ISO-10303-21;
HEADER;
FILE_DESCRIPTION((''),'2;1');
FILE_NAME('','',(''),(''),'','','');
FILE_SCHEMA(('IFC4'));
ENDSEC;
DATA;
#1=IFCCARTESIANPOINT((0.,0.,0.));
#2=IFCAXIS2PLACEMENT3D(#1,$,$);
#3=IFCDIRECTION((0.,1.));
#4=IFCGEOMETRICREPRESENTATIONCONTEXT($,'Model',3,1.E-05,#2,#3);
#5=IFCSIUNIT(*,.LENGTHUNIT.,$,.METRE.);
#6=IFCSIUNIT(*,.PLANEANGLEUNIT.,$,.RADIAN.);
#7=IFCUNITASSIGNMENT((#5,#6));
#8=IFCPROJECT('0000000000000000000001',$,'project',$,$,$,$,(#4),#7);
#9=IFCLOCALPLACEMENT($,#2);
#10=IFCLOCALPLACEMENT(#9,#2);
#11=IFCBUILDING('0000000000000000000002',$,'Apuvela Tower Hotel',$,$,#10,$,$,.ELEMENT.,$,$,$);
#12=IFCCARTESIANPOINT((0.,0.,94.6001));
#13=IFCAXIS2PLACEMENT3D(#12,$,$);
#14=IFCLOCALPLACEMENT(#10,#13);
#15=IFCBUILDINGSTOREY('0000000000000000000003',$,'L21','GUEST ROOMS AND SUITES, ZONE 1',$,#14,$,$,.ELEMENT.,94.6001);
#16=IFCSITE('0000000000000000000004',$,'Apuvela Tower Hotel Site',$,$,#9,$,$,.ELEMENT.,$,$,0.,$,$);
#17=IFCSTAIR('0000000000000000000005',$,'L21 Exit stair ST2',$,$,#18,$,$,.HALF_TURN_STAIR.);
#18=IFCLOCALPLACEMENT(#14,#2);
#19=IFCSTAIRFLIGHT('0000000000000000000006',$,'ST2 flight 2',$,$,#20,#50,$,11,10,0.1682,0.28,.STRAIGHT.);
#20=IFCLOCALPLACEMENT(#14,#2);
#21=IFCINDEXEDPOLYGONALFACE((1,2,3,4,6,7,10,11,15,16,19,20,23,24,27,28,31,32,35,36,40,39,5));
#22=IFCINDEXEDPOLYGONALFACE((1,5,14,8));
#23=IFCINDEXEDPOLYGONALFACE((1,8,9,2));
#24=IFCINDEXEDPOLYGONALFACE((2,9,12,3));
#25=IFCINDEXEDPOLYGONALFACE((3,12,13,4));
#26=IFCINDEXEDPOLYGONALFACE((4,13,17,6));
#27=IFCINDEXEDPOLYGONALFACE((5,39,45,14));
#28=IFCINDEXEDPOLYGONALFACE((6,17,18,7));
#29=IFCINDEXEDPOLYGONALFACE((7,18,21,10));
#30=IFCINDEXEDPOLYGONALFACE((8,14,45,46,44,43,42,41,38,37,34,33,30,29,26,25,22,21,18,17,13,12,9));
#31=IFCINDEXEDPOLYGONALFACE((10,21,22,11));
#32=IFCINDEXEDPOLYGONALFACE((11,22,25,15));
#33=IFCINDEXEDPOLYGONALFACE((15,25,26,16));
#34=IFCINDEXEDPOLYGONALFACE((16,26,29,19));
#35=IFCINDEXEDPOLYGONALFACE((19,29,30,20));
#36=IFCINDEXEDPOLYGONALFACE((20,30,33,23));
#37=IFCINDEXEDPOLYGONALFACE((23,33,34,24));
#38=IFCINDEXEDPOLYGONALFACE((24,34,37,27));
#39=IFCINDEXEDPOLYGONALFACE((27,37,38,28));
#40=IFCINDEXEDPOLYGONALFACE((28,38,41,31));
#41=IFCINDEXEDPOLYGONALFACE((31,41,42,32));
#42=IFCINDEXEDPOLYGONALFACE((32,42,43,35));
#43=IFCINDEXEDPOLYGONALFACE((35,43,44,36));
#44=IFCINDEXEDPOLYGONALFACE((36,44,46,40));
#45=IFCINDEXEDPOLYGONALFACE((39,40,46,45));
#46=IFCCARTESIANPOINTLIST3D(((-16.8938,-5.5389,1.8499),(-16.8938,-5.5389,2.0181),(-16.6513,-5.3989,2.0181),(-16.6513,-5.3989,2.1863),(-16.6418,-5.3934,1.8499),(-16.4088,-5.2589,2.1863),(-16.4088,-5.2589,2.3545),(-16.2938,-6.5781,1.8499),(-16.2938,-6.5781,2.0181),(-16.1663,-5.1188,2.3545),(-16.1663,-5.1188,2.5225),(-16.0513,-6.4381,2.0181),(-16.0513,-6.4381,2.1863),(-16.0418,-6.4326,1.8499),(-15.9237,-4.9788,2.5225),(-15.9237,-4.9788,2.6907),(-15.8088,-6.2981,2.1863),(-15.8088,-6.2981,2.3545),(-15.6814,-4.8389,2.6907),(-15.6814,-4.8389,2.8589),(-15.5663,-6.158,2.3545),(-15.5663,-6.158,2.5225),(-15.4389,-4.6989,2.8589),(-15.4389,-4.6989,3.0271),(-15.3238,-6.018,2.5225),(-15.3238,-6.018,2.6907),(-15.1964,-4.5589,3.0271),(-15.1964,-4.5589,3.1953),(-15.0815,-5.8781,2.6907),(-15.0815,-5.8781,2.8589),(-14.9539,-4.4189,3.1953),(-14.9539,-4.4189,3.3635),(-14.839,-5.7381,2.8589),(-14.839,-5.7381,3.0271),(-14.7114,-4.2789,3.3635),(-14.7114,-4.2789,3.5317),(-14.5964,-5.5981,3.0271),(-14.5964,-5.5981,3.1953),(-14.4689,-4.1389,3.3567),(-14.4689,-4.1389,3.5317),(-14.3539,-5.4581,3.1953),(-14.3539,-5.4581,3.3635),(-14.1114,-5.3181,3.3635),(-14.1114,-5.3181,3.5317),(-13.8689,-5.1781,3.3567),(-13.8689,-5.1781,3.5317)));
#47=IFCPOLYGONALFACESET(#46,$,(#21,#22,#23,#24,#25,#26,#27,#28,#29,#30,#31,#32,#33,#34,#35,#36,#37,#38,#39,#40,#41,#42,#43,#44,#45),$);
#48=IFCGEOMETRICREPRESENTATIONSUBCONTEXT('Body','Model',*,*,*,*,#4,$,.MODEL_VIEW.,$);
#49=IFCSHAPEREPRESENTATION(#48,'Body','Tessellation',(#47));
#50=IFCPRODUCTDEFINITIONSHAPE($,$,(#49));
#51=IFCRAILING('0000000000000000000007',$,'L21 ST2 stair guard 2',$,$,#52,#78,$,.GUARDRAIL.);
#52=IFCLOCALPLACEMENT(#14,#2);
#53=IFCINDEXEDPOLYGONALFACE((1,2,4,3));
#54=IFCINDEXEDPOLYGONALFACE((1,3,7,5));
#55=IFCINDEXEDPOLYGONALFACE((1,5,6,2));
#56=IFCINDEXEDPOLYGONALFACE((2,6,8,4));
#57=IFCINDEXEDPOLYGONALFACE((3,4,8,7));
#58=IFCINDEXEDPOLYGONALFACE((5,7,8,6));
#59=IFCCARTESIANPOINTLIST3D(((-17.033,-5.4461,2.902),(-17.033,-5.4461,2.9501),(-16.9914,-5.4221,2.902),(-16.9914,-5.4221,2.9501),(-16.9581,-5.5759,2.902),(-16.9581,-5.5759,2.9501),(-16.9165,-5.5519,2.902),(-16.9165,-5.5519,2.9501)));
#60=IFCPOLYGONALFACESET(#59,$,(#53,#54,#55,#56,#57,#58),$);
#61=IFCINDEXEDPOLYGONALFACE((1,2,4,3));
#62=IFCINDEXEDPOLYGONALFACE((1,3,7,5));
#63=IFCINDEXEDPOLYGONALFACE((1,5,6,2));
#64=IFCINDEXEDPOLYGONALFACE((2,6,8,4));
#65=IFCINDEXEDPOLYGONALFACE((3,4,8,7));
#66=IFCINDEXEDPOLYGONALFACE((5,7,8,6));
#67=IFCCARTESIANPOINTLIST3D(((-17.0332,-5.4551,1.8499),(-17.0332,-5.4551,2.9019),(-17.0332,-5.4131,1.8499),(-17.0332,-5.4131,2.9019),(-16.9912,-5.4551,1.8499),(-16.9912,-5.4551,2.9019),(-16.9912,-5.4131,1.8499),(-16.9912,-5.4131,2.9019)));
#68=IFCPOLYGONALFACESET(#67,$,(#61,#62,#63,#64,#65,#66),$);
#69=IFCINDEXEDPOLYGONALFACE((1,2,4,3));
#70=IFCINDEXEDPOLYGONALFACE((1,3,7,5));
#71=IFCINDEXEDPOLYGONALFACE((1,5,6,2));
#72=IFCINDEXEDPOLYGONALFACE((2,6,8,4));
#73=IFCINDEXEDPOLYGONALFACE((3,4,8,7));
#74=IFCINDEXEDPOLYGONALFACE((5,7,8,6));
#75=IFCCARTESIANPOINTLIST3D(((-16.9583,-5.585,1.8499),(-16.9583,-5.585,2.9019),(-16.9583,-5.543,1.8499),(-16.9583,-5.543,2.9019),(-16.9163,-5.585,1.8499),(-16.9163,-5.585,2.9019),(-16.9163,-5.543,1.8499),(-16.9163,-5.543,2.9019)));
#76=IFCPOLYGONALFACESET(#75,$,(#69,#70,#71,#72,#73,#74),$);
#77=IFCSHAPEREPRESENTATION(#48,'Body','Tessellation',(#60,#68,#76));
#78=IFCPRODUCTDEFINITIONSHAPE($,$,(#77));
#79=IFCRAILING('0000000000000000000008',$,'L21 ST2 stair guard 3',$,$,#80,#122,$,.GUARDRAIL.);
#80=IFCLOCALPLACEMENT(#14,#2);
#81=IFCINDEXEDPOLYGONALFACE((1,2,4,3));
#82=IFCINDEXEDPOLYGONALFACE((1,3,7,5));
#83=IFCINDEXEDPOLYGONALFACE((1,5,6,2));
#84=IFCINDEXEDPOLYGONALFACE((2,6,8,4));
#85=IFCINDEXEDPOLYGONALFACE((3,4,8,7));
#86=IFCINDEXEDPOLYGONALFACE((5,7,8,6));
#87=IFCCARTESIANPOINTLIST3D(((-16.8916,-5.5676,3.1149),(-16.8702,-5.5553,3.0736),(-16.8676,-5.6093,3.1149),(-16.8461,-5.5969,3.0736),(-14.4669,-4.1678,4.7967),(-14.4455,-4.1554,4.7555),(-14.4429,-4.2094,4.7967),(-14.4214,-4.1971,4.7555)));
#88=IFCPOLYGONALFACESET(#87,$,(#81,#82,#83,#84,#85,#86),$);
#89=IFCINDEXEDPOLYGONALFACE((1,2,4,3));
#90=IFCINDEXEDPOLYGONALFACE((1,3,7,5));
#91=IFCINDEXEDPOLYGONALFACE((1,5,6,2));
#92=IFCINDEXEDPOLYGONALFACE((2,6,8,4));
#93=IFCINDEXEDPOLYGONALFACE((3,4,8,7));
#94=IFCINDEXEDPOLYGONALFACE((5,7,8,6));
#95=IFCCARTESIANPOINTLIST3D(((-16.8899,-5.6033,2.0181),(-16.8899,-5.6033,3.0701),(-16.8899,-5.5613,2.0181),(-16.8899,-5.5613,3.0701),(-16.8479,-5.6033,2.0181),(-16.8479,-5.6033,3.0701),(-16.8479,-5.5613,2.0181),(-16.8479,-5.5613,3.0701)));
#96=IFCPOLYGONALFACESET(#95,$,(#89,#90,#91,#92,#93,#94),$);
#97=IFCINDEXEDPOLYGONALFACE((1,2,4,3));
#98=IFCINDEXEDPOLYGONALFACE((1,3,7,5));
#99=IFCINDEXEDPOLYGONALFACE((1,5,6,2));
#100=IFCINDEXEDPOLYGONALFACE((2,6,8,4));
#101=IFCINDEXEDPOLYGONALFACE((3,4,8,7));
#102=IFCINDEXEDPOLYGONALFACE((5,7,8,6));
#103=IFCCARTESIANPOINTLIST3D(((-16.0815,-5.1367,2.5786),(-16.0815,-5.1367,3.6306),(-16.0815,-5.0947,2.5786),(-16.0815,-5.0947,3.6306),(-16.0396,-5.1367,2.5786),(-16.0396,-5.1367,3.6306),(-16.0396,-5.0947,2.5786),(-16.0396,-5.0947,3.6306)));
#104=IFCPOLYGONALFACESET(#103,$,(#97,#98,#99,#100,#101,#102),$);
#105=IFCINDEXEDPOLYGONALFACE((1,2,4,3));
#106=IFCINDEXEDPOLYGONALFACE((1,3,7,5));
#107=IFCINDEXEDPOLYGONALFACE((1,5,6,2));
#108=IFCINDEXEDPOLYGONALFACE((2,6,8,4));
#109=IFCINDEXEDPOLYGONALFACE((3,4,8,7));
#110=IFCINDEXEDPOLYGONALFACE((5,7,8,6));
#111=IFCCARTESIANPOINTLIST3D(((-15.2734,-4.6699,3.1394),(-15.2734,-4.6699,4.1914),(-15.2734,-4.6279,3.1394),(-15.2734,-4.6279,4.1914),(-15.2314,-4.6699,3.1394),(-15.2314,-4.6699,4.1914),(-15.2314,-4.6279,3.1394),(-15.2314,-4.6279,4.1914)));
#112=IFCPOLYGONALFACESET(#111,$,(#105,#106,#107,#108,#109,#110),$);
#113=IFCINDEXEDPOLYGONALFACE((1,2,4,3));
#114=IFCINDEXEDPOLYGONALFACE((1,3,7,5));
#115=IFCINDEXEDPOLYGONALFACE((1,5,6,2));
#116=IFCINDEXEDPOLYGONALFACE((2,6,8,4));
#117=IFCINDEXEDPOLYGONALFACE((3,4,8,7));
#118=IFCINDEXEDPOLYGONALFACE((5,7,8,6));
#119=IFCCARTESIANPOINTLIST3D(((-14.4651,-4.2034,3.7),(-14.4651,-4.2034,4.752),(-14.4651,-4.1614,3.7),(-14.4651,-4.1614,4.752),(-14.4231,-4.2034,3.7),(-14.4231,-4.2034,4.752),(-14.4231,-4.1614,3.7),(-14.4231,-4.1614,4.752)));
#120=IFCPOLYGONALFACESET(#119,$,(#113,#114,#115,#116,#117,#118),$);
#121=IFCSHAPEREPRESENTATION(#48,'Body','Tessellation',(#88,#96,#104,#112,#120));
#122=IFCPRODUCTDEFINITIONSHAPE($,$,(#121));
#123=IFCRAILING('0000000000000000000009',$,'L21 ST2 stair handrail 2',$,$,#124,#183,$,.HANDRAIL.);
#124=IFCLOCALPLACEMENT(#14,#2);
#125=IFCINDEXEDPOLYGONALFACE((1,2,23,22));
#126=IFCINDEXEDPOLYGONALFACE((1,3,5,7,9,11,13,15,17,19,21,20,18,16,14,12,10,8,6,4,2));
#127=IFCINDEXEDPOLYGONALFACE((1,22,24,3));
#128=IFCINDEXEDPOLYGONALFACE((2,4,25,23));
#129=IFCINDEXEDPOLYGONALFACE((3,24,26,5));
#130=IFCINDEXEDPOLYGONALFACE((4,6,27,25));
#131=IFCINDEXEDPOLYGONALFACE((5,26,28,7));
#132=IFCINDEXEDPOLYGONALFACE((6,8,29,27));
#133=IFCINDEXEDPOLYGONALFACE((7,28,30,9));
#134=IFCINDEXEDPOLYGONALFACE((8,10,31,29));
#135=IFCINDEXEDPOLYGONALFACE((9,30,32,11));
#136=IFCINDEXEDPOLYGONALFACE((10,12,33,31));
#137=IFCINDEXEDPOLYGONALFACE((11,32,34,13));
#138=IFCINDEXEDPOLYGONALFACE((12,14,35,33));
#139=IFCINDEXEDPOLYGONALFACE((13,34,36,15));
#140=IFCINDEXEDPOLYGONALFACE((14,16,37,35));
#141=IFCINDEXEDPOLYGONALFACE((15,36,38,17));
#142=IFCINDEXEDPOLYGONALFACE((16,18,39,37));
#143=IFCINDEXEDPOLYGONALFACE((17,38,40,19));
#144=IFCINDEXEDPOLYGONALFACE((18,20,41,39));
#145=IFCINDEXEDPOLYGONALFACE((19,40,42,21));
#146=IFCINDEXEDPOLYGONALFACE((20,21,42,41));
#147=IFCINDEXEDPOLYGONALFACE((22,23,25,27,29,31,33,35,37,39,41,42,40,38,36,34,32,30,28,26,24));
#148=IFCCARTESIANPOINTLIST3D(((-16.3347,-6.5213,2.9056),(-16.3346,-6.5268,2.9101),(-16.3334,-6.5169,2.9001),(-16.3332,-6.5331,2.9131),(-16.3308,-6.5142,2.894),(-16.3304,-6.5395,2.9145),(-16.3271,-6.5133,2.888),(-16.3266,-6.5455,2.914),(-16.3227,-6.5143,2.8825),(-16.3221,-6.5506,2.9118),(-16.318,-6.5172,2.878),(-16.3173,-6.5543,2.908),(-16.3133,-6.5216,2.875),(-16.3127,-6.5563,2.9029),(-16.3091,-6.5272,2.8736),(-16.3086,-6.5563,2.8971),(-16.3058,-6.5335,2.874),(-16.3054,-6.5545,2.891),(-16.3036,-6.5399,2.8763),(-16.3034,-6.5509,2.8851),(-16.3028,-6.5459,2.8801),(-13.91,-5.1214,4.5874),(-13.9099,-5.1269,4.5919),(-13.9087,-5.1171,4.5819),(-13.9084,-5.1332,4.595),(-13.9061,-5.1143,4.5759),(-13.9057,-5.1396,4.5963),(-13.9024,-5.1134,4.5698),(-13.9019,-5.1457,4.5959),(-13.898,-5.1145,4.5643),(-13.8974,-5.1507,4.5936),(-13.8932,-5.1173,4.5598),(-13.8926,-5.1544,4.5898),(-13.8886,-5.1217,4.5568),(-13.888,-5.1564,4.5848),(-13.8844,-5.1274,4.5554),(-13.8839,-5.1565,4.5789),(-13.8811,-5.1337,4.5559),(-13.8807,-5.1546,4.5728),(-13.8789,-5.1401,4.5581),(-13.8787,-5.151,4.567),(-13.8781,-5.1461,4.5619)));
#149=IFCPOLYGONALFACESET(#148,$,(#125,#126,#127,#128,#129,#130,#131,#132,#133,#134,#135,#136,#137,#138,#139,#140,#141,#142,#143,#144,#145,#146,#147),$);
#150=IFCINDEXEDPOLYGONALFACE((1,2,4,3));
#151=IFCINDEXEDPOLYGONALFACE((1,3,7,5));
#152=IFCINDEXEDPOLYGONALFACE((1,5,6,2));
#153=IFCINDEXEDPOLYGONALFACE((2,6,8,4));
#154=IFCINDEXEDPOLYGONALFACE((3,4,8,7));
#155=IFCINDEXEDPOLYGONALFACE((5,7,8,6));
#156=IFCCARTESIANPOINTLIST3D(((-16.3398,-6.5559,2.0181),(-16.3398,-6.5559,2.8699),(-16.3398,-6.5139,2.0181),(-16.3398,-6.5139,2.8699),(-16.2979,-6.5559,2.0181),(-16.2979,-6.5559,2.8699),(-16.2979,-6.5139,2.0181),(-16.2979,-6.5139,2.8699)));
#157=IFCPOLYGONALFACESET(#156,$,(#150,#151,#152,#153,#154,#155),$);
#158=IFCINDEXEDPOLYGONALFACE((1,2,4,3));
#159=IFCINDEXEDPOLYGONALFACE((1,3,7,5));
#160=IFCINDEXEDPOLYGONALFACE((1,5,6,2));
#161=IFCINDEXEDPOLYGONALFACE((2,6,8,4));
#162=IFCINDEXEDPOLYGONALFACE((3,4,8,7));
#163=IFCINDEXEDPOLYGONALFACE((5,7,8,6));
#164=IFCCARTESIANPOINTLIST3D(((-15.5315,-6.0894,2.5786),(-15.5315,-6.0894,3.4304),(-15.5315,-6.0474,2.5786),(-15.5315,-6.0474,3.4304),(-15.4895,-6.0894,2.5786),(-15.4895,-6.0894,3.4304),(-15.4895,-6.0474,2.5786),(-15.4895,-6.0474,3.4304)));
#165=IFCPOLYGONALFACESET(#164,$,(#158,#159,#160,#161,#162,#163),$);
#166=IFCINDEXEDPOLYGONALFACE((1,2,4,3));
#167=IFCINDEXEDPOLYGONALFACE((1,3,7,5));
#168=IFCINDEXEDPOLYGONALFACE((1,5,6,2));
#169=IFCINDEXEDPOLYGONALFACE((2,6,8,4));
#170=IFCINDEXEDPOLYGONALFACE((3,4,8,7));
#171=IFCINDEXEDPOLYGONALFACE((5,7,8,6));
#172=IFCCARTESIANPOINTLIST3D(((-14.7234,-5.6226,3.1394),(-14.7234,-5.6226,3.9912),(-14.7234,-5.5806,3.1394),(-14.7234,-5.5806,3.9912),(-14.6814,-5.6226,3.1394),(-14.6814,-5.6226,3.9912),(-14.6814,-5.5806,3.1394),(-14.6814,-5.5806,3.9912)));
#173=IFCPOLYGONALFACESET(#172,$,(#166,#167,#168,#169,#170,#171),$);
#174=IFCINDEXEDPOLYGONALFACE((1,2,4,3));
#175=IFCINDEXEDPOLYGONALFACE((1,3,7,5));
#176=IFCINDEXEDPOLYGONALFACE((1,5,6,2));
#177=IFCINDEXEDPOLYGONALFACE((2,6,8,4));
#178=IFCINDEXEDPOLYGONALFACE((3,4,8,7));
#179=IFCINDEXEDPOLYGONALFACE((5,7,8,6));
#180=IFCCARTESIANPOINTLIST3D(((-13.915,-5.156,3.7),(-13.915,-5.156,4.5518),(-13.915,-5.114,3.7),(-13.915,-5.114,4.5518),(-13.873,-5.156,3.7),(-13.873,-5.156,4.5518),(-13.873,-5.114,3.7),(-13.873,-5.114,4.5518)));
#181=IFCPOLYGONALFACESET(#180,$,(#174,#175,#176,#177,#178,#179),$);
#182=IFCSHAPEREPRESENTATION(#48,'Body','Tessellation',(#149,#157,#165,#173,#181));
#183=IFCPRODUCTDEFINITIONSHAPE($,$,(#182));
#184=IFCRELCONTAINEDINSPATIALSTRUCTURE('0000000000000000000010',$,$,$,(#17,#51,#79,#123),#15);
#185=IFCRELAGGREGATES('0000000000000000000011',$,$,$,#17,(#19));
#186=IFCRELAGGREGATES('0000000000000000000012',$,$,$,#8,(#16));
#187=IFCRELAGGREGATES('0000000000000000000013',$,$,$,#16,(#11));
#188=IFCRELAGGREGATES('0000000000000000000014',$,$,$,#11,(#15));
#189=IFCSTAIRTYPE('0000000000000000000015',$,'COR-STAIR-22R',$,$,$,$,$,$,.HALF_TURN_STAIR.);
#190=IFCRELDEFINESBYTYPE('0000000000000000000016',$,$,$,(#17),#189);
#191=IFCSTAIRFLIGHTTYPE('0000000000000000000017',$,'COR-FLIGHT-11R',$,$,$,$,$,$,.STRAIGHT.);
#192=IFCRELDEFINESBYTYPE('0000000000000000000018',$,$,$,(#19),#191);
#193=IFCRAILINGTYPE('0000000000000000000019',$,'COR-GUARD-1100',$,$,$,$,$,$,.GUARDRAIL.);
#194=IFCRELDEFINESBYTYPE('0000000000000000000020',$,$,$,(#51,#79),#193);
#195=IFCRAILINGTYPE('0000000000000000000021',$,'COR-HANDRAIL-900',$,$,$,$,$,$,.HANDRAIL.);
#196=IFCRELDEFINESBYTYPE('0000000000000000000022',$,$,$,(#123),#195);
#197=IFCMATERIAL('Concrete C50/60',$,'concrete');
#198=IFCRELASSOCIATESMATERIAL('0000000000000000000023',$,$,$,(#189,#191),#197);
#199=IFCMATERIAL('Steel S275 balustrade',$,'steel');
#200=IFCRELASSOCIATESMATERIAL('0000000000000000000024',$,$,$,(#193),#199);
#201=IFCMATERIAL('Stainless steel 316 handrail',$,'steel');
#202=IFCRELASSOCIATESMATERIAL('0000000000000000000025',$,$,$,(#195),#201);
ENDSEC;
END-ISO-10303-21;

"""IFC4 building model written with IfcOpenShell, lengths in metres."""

from ifc_helpers import new_model, si_unit, direction, frame, origin, origin_2d, place, context, subcontext, project, spatial, polyline, rectangle, circle, outline, extrude, material, type_object, element, aggregate, save


model = new_model("IFC4")

# Units and contexts
model_context = context("Model", 3, precision=1e-05, world=origin(), true_north=direction((0.0, 1.0)))
body_context = subcontext(model_context, "Body", "Model", "MODEL_VIEW")
ifc_project = project(units=[si_unit("LENGTHUNIT", "METRE"), si_unit("PLANEANGLEUNIT", "RADIAN")], contexts=[model_context])

# Site, building, storey
site_placement = place(None, origin())
site = spatial("IfcSite", under=ifc_project, at=site_placement, Name="Apuvela Tower Hotel Site", CompositionType="ELEMENT", RefElevation=0.0)
building_placement = place(site_placement, origin())
building = spatial("IfcBuilding", under=site, at=building_placement, Name="Apuvela Tower Hotel", CompositionType="ELEMENT")
storey_placement = place(building_placement, frame((0.0, 0.0, 94.6001)))
storey = spatial("IfcBuildingStorey", under=building, at=storey_placement, Name="L21", Description="GUEST ROOMS AND SUITES, ZONE 1", CompositionType="ELEMENT", Elevation=94.6001)

# Shared definitions
ifc_material_1 = material(Name="Concrete C50/60", Category="concrete")

# Stair, stair flight
stair_type = type_object("IfcStairType", Name="COR-STAIR-22R", PredefinedType="HALF_TURN_STAIR", material=ifc_material_1)
stair_placement = place(storey_placement, origin())
stair = element("IfcStair", 1, at=stair_placement, inside=storey, type_object=stair_type, Name="L21 Exit stair ST2", PredefinedType="HALF_TURN_STAIR")
stair_flight_type = type_object("IfcStairFlightType", Name="COR-FLIGHT-11R", PredefinedType="STRAIGHT", material=ifc_material_1)
stair_flight_placement = place(storey_placement, frame((-16.5938, -6.0586, 1.8499), z_axis=(0.0, 0.0, 1.0), x_axis=(0.866025, 0.5, 0.0)))
stair_flight = element("IfcStairFlight", 2, at=stair_flight_placement, type_object=stair_flight_type, Name="ST2 flight 2", NumberOfRisers=11, NumberOfTreads=10, PredefinedType="STRAIGHT", RiserHeight=0.1682, TreadLength=0.28, context=body_context, shape_type="SweptSolid", body=[
    extrude(outline(polyline([(0.0, 0.0), (0.0, 0.1682), (0.28, 0.1682), (0.28, 0.3364), (0.5601, 0.3364), (0.5601, 0.5046), (0.8401, 0.5046), (0.8401, 0.6726), (1.1201, 0.6726), (1.1201, 0.8408), (1.3999, 0.8408), (1.3999, 1.009), (1.6799, 1.009), (1.6799, 1.1772), (1.96, 1.1772), (1.96, 1.3455), (2.24, 1.3455), (2.24, 1.5137), (2.52, 1.5137), (2.52, 1.6819), (2.8, 1.6819), (2.8, 1.8501), (2.8, 1.5068), (0.291, 0.0), (0.0, 0.0)])), frame((0.0, 0.6001, 0.0), z_axis=(0.0, -1.0, 0.0), x_axis=(1.0, 0.0, 0.0)), (0.0, 0.0, 1.0), 1.2),
])
aggregate(stair, [stair_flight])

# Railings
ifc_material_2 = material(Name="Steel S275 balustrade", Category="steel")
railing_type_1 = type_object("IfcRailingType", Name="COR-GUARD-1100", PredefinedType="GUARDRAIL", material=ifc_material_2)
railing_1_placement = place(storey_placement, frame((-17.0122, -5.4341, 1.8499)))
element("IfcRailing", 3, at=railing_1_placement, inside=storey, type_object=railing_type_1, Name="L21 ST2 stair guard 2", PredefinedType="GUARDRAIL", context=body_context, shape_type="SweptSolid", body=[
    extrude(rectangle(XDim=0.0481, YDim=0.0481, at=origin_2d()), frame((0.0, 0.0, 1.0762), z_axis=(0.499816, -0.866131, 0.0), x_axis=(0.866131, 0.499816, 0.0)), (0.0, 0.0, 1.0), 0.1499),
    extrude(rectangle(XDim=0.042, YDim=0.042, at=origin_2d()), origin(), (0.0, 0.0, 1.0), 1.052),
    extrude(rectangle(XDim=0.042, YDim=0.042, at=origin_2d()), frame((0.075, -0.1299, 0.0)), (0.0, 0.0, 1.0), 1.052),
])
railing_2_placement = place(storey_placement, frame((-16.8689, -5.5823, 2.0181)))
element("IfcRailing", 4, at=railing_2_placement, inside=storey, type_object=railing_type_1, Name="L21 ST2 stair guard 3", PredefinedType="GUARDRAIL", context=body_context, shape_type="SweptSolid", body=[
    extrude(rectangle(XDim=0.0481, YDim=0.0481, at=origin_2d()), frame((0.0, 0.0, 1.0762), z_axis=(0.74239, 0.428601, 0.514934), x_axis=(-0.499984, 0.866035, 0.0)), (0.0, 0.0, 1.0), 3.2661),
    extrude(rectangle(XDim=0.042, YDim=0.042, at=origin_2d()), origin(), (0.0, 0.0, 1.0), 1.052),
    extrude(rectangle(XDim=0.042, YDim=0.042, at=origin_2d()), frame((0.8083, 0.4666, 0.5605)), (0.0, 0.0, 1.0), 1.052),
    extrude(rectangle(XDim=0.042, YDim=0.042, at=origin_2d()), frame((1.6165, 0.9333, 1.1213)), (0.0, 0.0, 1.0), 1.052),
    extrude(rectangle(XDim=0.042, YDim=0.042, at=origin_2d()), frame((2.4248, 1.3999, 1.6819)), (0.0, 0.0, 1.0), 1.052),
])
ifc_material_3 = material(Name="Stainless steel 316 handrail", Category="steel")
railing_type_2 = type_object("IfcRailingType", Name="COR-HANDRAIL-900", PredefinedType="HANDRAIL", material=ifc_material_3)
railing_3_placement = place(storey_placement, frame((-16.3188, -6.5349, 2.0181)))
element("IfcRailing", 5, at=railing_3_placement, inside=storey, type_object=railing_type_2, Name="L21 ST2 stair handrail 2", PredefinedType="HANDRAIL", context=body_context, shape_type="SweptSolid", body=[
    extrude(circle(Radius=0.0239, at=origin_2d()), frame((0.0, 0.0, 0.876), z_axis=(0.74239, 0.428601, 0.514934), x_axis=(-0.499984, 0.866035, 0.0)), (0.0, 0.0, 1.0), 3.2661),
    extrude(rectangle(XDim=0.042, YDim=0.042, at=origin_2d()), origin(), (0.0, 0.0, 1.0), 0.8518),
    extrude(rectangle(XDim=0.042, YDim=0.042, at=origin_2d()), frame((0.8083, 0.4666, 0.5605)), (0.0, 0.0, 1.0), 0.8518),
    extrude(rectangle(XDim=0.042, YDim=0.042, at=origin_2d()), frame((1.6165, 0.9333, 1.1213)), (0.0, 0.0, 1.0), 0.8518),
    extrude(rectangle(XDim=0.042, YDim=0.042, at=origin_2d()), frame((2.4248, 1.3999, 1.6819)), (0.0, 0.0, 1.0), 0.8518),
])

save(model, "model.ifc")
